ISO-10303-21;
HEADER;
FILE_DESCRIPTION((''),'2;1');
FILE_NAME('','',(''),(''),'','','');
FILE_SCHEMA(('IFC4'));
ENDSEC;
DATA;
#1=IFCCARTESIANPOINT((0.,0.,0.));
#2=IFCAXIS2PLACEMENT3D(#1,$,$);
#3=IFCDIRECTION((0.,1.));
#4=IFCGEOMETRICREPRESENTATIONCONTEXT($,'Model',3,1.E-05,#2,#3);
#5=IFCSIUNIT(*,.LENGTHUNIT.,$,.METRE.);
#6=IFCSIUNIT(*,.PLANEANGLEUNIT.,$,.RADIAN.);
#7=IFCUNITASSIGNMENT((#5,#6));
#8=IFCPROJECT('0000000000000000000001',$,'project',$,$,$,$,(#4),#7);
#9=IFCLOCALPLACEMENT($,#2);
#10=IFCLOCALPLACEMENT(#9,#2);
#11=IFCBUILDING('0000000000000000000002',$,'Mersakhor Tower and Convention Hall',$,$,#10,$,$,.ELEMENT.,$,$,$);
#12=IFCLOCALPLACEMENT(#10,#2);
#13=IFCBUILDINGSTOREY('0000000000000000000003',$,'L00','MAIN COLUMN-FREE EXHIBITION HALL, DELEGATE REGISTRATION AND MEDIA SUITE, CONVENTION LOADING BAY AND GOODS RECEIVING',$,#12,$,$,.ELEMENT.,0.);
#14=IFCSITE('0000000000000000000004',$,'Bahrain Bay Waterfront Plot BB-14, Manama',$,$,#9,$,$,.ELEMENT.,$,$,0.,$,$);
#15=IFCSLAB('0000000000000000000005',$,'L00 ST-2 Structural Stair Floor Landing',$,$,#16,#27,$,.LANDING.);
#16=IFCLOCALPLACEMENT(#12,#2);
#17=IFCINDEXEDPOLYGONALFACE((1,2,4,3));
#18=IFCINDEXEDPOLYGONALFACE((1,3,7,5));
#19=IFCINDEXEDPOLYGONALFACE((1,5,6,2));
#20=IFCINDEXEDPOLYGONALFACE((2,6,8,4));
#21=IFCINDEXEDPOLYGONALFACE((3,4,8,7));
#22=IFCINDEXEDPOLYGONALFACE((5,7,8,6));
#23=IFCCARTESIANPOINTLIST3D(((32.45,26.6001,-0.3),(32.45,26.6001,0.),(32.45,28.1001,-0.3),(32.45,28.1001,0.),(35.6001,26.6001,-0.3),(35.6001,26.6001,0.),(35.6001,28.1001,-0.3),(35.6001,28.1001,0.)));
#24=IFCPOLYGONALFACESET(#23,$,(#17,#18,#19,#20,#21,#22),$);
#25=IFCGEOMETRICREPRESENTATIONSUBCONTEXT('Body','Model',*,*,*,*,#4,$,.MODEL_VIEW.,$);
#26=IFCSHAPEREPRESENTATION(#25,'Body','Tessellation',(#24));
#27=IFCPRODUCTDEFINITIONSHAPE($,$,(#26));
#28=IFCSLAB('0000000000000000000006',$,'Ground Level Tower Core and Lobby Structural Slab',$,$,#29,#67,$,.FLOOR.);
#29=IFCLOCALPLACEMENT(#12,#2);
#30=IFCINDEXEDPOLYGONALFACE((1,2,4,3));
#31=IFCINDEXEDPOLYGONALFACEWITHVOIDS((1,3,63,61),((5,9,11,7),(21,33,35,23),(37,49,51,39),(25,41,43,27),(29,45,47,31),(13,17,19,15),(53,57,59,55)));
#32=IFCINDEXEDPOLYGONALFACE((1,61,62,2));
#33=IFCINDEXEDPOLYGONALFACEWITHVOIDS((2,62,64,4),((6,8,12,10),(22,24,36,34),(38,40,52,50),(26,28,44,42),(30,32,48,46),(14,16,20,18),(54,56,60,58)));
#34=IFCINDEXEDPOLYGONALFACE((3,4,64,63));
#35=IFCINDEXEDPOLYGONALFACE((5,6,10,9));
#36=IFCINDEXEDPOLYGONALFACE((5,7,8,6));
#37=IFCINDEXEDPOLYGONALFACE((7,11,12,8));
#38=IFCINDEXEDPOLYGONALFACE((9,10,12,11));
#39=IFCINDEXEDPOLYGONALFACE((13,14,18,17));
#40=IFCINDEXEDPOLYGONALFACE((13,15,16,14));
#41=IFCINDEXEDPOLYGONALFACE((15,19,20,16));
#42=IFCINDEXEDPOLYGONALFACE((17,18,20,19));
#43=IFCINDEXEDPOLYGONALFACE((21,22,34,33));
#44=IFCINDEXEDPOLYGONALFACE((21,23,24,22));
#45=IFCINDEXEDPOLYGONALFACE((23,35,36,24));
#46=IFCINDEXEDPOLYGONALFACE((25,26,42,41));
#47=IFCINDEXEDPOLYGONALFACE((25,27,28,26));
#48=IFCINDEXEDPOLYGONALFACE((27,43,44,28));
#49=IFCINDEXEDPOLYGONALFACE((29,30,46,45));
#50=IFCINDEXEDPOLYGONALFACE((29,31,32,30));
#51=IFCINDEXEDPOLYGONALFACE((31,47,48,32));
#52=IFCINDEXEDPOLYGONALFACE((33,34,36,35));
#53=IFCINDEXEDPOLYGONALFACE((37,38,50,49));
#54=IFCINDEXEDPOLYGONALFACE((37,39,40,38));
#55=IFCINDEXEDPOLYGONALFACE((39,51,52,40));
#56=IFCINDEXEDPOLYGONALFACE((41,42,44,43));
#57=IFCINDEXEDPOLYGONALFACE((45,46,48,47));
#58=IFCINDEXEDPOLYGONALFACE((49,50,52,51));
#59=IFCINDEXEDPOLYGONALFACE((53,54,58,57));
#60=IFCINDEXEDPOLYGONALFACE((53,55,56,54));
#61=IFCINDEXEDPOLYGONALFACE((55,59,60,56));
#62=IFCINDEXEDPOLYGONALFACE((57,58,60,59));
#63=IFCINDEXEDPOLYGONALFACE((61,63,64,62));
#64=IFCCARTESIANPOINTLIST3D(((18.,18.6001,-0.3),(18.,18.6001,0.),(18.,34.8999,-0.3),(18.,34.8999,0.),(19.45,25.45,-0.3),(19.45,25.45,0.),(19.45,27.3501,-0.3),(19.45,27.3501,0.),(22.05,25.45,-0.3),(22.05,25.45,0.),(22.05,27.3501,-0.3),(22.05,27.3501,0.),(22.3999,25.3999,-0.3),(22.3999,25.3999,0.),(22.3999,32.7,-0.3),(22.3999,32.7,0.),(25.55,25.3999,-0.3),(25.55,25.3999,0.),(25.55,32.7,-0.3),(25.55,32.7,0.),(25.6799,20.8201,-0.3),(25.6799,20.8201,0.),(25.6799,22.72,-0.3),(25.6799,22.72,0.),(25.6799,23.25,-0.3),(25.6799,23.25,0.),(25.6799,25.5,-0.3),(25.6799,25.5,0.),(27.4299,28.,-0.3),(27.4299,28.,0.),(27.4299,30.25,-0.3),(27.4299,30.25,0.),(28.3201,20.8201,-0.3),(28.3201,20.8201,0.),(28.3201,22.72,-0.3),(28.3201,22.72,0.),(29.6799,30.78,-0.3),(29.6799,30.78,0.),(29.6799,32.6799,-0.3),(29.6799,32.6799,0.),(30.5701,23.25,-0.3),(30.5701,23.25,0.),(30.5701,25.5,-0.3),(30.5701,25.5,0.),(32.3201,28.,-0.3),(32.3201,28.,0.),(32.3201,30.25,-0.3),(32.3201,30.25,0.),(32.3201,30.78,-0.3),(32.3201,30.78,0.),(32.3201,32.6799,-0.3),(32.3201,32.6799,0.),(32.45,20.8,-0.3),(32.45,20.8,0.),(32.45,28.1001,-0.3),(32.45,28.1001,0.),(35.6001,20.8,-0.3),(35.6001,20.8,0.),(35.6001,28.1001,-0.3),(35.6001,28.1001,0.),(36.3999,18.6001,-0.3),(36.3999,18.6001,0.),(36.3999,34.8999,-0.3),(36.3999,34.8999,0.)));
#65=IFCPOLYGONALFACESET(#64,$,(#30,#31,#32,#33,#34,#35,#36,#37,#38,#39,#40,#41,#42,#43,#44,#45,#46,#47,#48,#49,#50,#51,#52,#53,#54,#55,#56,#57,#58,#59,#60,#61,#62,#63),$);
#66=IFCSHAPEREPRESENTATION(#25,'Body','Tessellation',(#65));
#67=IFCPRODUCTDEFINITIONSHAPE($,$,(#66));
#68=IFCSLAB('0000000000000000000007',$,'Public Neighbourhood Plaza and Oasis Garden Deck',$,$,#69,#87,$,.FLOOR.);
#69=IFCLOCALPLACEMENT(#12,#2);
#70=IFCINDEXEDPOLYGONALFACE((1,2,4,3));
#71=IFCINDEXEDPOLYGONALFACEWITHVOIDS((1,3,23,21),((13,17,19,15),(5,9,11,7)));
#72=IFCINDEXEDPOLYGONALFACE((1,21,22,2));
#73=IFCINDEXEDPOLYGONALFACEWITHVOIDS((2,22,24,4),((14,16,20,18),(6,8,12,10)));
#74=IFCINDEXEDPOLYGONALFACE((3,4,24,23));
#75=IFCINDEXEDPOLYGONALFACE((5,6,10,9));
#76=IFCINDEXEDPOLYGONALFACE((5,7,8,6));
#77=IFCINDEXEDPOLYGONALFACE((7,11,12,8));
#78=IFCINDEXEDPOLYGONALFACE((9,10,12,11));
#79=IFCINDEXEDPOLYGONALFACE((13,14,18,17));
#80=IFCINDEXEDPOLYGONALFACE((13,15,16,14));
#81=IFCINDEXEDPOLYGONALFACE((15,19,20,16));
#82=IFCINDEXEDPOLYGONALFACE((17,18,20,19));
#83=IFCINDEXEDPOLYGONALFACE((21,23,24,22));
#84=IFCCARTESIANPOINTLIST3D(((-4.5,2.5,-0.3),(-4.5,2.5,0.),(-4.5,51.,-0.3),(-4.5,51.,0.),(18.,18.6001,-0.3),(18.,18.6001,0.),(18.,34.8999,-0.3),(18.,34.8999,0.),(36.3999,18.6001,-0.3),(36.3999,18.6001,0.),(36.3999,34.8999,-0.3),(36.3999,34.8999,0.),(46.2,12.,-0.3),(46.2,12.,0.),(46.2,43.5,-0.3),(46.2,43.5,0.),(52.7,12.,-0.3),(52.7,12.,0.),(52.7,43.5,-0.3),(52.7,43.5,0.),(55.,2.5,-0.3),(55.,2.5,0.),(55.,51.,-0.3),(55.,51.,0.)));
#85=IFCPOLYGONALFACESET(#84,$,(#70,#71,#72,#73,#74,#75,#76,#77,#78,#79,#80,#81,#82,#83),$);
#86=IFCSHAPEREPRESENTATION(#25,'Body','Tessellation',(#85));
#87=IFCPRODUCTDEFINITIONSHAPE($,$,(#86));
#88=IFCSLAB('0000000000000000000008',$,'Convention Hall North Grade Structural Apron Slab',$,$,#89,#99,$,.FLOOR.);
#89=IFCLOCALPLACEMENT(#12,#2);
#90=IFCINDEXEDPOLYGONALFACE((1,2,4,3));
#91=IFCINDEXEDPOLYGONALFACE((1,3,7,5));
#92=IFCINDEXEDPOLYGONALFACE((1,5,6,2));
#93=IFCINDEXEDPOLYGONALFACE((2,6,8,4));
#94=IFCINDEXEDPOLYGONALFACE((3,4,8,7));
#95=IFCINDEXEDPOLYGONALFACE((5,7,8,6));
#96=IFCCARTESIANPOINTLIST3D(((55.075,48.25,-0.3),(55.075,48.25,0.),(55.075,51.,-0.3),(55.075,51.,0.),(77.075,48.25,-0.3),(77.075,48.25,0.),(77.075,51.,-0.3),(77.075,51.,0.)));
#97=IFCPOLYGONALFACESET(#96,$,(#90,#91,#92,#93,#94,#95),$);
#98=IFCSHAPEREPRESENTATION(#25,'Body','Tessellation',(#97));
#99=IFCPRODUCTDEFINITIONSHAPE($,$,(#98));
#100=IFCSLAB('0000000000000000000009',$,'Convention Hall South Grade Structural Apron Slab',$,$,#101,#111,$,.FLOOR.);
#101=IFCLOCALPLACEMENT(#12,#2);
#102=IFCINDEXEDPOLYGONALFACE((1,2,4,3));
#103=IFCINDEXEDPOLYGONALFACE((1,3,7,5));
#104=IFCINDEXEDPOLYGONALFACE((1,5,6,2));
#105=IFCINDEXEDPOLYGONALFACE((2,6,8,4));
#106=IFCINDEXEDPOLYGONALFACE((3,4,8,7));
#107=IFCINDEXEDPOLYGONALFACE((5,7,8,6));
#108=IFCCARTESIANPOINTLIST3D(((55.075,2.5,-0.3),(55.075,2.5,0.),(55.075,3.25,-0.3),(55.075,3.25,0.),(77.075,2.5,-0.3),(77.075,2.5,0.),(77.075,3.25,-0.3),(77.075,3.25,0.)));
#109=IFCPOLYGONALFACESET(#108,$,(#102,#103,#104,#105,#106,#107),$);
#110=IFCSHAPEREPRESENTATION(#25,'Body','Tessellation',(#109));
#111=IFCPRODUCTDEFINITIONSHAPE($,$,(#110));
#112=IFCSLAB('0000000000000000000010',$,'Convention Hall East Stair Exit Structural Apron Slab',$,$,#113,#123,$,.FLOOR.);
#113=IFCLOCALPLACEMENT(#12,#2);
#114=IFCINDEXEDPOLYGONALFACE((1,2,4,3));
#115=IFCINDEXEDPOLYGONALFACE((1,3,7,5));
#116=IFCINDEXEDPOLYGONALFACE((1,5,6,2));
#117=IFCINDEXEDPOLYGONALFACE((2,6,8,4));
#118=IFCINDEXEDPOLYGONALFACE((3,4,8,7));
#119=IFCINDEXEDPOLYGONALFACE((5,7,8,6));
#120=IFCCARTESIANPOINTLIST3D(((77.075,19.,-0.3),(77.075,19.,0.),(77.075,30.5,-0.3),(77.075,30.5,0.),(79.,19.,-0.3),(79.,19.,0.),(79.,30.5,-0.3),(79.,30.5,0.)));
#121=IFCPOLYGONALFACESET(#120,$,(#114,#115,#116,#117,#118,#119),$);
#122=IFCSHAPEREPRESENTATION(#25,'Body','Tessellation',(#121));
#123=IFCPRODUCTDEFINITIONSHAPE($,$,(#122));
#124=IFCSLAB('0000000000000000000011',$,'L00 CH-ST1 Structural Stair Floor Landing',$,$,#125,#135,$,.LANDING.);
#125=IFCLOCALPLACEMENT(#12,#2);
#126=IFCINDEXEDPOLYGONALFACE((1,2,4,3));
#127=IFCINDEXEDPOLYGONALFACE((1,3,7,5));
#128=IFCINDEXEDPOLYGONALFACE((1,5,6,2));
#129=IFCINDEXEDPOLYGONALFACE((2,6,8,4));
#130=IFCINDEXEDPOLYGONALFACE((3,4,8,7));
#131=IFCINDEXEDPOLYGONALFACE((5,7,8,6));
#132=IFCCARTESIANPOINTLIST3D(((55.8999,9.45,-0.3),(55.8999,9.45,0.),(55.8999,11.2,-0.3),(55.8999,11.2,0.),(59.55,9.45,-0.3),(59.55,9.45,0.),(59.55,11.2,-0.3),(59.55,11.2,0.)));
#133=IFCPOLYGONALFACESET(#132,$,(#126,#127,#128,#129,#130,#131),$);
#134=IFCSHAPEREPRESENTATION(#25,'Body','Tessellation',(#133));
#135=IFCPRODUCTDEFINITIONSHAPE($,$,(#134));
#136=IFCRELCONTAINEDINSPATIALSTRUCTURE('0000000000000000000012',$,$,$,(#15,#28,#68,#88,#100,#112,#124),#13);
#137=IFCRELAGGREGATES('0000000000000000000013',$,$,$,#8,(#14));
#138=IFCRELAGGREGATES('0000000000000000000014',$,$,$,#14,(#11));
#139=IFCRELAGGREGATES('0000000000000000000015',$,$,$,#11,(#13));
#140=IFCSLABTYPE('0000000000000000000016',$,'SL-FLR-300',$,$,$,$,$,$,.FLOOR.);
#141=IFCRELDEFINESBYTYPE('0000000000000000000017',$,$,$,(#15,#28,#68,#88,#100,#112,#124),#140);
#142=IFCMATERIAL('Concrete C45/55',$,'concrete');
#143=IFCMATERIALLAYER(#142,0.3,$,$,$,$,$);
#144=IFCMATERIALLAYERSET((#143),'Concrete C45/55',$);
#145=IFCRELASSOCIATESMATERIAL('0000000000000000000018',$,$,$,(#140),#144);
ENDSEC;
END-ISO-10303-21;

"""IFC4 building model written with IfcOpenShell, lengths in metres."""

from ifc_helpers import new_model, si_unit, direction, frame, origin, place, context, subcontext, project, spatial, polyline, outline, extrude, material, layer, layer_set, type_object, element, save


model = new_model("IFC4")

# Units and contexts
model_context = context("Model", 3, precision=1e-05, world=origin(), true_north=direction((0.0, 1.0)))
body_context = subcontext(model_context, "Body", "Model", "MODEL_VIEW")
ifc_project = project(units=[si_unit("LENGTHUNIT", "METRE"), si_unit("PLANEANGLEUNIT", "RADIAN")], contexts=[model_context])

# Site, building, storey
site_placement = place(None, origin())
site = spatial("IfcSite", under=ifc_project, at=site_placement, Name="Bahrain Bay Waterfront Plot BB-14, Manama", CompositionType="ELEMENT", RefElevation=0.0)
building_placement = place(site_placement, origin())
building = spatial("IfcBuilding", under=site, at=building_placement, Name="Mersakhor Tower and Convention Hall", CompositionType="ELEMENT")
storey_placement = place(building_placement, origin())
storey = spatial("IfcBuildingStorey", under=building, at=storey_placement, Name="L00", Description="MAIN COLUMN-FREE EXHIBITION HALL, DELEGATE REGISTRATION AND MEDIA SUITE, CONVENTION LOADING BAY AND GOODS RECEIVING", CompositionType="ELEMENT", Elevation=0.0)

# Slabs
ifc_material_1 = material(Name="Concrete C45/55", Category="concrete")
ifc_layer = layer(ifc_material_1, 0.3)
ifc_layer_set = layer_set([ifc_layer], Name="Concrete C45/55")
slab_type = type_object("IfcSlabType", Name="SL-FLR-300", PredefinedType="FLOOR", material=ifc_layer_set)
slab_1_placement = place(storey_placement, frame((0.0, 0.0, -0.3)))
element("IfcSlab", 1, at=slab_1_placement, inside=storey, type_object=slab_type, Name="L00 ST-2 Structural Stair Floor Landing", PredefinedType="LANDING", context=body_context, shape_type="SweptSolid", body=[
    extrude(outline(polyline([(32.45, 28.1001), (32.45, 26.6001), (35.6001, 26.6001), (35.6001, 28.1001), (32.45, 28.1001)])), origin(), (0.0, 0.0, 1.0), 0.3),
])
slab_2_placement = place(storey_placement, frame((0.0, 0.0, -0.3)))
element("IfcSlab", 2, at=slab_2_placement, inside=storey, type_object=slab_type, Name="Ground Level Tower Core and Lobby Structural Slab", PredefinedType="FLOOR", context=body_context, shape_type="SweptSolid", body=[
    extrude(outline(polyline([(18.0, 18.6001), (18.0, 34.8999), (36.3999, 34.8999), (36.3999, 18.6001), (18.0, 18.6001)]), holes=[polyline([(25.55, 25.3999), (25.55, 32.7), (22.3999, 32.7), (22.3999, 25.3999), (25.55, 25.3999)]), polyline([(32.45, 28.1001), (32.45, 20.8), (35.6001, 20.8), (35.6001, 28.1001), (32.45, 28.1001)]), polyline([(25.6799, 20.8201), (25.6799, 22.72), (28.3201, 22.72), (28.3201, 20.8201), (25.6799, 20.8201)]), polyline([(29.6799, 30.78), (29.6799, 32.6799), (32.3201, 32.6799), (32.3201, 30.78), (29.6799, 30.78)]), polyline([(25.6799, 23.25), (25.6799, 25.5), (30.5701, 25.5), (30.5701, 23.25), (25.6799, 23.25)]), polyline([(27.4299, 28.0), (27.4299, 30.25), (32.3201, 30.25), (32.3201, 28.0), (27.4299, 28.0)]), polyline([(19.45, 25.45), (19.45, 27.3501), (22.05, 27.3501), (22.05, 25.45), (19.45, 25.45)])]), origin(), (0.0, 0.0, 1.0), 0.3),
])
slab_3_placement = place(storey_placement, frame((0.0, 0.0, -0.3)))
element("IfcSlab", 3, at=slab_3_placement, inside=storey, type_object=slab_type, Name="Public Neighbourhood Plaza and Oasis Garden Deck", PredefinedType="FLOOR", context=body_context, shape_type="SweptSolid", body=[
    extrude(outline(polyline([(-4.5, 2.5), (-4.5, 51.0), (55.0, 51.0), (55.0, 2.5), (-4.5, 2.5)]), holes=[polyline([(18.0, 18.6001), (18.0, 34.8999), (36.3999, 34.8999), (36.3999, 18.6001), (18.0, 18.6001)]), polyline([(46.2, 12.0), (46.2, 43.5), (52.7, 43.5), (52.7, 12.0), (46.2, 12.0)])]), origin(), (0.0, 0.0, 1.0), 0.3),
])
slab_4_placement = place(storey_placement, frame((0.0, 0.0, -0.3)))
element("IfcSlab", 4, at=slab_4_placement, inside=storey, type_object=slab_type, Name="Convention Hall North Grade Structural Apron Slab", PredefinedType="FLOOR", context=body_context, shape_type="SweptSolid", body=[
    extrude(outline(polyline([(55.075, 48.25), (55.075, 51.0), (77.075, 51.0), (77.075, 48.25), (55.075, 48.25)])), origin(), (0.0, 0.0, 1.0), 0.3),
])
slab_5_placement = place(storey_placement, frame((0.0, 0.0, -0.3)))
element("IfcSlab", 5, at=slab_5_placement, inside=storey, type_object=slab_type, Name="Convention Hall South Grade Structural Apron Slab", PredefinedType="FLOOR", context=body_context, shape_type="SweptSolid", body=[
    extrude(outline(polyline([(55.075, 2.5), (55.075, 3.25), (77.075, 3.25), (77.075, 2.5), (55.075, 2.5)])), origin(), (0.0, 0.0, 1.0), 0.3),
])
slab_6_placement = place(storey_placement, frame((0.0, 0.0, -0.3)))
element("IfcSlab", 6, at=slab_6_placement, inside=storey, type_object=slab_type, Name="Convention Hall East Stair Exit Structural Apron Slab", PredefinedType="FLOOR", context=body_context, shape_type="SweptSolid", body=[
    extrude(outline(polyline([(77.075, 19.0), (77.075, 30.5), (79.0, 30.5), (79.0, 19.0), (77.075, 19.0)])), origin(), (0.0, 0.0, 1.0), 0.3),
])
slab_7_placement = place(storey_placement, frame((0.0, 0.0, -0.3)))
element("IfcSlab", 7, at=slab_7_placement, inside=storey, type_object=slab_type, Name="L00 CH-ST1 Structural Stair Floor Landing", PredefinedType="LANDING", context=body_context, shape_type="SweptSolid", body=[
    extrude(outline(polyline([(55.8999, 11.2), (55.8999, 9.45), (59.55, 9.45), (59.55, 11.2), (55.8999, 11.2)])), origin(), (0.0, 0.0, 1.0), 0.3),
])

save(model, "model.ifc")
